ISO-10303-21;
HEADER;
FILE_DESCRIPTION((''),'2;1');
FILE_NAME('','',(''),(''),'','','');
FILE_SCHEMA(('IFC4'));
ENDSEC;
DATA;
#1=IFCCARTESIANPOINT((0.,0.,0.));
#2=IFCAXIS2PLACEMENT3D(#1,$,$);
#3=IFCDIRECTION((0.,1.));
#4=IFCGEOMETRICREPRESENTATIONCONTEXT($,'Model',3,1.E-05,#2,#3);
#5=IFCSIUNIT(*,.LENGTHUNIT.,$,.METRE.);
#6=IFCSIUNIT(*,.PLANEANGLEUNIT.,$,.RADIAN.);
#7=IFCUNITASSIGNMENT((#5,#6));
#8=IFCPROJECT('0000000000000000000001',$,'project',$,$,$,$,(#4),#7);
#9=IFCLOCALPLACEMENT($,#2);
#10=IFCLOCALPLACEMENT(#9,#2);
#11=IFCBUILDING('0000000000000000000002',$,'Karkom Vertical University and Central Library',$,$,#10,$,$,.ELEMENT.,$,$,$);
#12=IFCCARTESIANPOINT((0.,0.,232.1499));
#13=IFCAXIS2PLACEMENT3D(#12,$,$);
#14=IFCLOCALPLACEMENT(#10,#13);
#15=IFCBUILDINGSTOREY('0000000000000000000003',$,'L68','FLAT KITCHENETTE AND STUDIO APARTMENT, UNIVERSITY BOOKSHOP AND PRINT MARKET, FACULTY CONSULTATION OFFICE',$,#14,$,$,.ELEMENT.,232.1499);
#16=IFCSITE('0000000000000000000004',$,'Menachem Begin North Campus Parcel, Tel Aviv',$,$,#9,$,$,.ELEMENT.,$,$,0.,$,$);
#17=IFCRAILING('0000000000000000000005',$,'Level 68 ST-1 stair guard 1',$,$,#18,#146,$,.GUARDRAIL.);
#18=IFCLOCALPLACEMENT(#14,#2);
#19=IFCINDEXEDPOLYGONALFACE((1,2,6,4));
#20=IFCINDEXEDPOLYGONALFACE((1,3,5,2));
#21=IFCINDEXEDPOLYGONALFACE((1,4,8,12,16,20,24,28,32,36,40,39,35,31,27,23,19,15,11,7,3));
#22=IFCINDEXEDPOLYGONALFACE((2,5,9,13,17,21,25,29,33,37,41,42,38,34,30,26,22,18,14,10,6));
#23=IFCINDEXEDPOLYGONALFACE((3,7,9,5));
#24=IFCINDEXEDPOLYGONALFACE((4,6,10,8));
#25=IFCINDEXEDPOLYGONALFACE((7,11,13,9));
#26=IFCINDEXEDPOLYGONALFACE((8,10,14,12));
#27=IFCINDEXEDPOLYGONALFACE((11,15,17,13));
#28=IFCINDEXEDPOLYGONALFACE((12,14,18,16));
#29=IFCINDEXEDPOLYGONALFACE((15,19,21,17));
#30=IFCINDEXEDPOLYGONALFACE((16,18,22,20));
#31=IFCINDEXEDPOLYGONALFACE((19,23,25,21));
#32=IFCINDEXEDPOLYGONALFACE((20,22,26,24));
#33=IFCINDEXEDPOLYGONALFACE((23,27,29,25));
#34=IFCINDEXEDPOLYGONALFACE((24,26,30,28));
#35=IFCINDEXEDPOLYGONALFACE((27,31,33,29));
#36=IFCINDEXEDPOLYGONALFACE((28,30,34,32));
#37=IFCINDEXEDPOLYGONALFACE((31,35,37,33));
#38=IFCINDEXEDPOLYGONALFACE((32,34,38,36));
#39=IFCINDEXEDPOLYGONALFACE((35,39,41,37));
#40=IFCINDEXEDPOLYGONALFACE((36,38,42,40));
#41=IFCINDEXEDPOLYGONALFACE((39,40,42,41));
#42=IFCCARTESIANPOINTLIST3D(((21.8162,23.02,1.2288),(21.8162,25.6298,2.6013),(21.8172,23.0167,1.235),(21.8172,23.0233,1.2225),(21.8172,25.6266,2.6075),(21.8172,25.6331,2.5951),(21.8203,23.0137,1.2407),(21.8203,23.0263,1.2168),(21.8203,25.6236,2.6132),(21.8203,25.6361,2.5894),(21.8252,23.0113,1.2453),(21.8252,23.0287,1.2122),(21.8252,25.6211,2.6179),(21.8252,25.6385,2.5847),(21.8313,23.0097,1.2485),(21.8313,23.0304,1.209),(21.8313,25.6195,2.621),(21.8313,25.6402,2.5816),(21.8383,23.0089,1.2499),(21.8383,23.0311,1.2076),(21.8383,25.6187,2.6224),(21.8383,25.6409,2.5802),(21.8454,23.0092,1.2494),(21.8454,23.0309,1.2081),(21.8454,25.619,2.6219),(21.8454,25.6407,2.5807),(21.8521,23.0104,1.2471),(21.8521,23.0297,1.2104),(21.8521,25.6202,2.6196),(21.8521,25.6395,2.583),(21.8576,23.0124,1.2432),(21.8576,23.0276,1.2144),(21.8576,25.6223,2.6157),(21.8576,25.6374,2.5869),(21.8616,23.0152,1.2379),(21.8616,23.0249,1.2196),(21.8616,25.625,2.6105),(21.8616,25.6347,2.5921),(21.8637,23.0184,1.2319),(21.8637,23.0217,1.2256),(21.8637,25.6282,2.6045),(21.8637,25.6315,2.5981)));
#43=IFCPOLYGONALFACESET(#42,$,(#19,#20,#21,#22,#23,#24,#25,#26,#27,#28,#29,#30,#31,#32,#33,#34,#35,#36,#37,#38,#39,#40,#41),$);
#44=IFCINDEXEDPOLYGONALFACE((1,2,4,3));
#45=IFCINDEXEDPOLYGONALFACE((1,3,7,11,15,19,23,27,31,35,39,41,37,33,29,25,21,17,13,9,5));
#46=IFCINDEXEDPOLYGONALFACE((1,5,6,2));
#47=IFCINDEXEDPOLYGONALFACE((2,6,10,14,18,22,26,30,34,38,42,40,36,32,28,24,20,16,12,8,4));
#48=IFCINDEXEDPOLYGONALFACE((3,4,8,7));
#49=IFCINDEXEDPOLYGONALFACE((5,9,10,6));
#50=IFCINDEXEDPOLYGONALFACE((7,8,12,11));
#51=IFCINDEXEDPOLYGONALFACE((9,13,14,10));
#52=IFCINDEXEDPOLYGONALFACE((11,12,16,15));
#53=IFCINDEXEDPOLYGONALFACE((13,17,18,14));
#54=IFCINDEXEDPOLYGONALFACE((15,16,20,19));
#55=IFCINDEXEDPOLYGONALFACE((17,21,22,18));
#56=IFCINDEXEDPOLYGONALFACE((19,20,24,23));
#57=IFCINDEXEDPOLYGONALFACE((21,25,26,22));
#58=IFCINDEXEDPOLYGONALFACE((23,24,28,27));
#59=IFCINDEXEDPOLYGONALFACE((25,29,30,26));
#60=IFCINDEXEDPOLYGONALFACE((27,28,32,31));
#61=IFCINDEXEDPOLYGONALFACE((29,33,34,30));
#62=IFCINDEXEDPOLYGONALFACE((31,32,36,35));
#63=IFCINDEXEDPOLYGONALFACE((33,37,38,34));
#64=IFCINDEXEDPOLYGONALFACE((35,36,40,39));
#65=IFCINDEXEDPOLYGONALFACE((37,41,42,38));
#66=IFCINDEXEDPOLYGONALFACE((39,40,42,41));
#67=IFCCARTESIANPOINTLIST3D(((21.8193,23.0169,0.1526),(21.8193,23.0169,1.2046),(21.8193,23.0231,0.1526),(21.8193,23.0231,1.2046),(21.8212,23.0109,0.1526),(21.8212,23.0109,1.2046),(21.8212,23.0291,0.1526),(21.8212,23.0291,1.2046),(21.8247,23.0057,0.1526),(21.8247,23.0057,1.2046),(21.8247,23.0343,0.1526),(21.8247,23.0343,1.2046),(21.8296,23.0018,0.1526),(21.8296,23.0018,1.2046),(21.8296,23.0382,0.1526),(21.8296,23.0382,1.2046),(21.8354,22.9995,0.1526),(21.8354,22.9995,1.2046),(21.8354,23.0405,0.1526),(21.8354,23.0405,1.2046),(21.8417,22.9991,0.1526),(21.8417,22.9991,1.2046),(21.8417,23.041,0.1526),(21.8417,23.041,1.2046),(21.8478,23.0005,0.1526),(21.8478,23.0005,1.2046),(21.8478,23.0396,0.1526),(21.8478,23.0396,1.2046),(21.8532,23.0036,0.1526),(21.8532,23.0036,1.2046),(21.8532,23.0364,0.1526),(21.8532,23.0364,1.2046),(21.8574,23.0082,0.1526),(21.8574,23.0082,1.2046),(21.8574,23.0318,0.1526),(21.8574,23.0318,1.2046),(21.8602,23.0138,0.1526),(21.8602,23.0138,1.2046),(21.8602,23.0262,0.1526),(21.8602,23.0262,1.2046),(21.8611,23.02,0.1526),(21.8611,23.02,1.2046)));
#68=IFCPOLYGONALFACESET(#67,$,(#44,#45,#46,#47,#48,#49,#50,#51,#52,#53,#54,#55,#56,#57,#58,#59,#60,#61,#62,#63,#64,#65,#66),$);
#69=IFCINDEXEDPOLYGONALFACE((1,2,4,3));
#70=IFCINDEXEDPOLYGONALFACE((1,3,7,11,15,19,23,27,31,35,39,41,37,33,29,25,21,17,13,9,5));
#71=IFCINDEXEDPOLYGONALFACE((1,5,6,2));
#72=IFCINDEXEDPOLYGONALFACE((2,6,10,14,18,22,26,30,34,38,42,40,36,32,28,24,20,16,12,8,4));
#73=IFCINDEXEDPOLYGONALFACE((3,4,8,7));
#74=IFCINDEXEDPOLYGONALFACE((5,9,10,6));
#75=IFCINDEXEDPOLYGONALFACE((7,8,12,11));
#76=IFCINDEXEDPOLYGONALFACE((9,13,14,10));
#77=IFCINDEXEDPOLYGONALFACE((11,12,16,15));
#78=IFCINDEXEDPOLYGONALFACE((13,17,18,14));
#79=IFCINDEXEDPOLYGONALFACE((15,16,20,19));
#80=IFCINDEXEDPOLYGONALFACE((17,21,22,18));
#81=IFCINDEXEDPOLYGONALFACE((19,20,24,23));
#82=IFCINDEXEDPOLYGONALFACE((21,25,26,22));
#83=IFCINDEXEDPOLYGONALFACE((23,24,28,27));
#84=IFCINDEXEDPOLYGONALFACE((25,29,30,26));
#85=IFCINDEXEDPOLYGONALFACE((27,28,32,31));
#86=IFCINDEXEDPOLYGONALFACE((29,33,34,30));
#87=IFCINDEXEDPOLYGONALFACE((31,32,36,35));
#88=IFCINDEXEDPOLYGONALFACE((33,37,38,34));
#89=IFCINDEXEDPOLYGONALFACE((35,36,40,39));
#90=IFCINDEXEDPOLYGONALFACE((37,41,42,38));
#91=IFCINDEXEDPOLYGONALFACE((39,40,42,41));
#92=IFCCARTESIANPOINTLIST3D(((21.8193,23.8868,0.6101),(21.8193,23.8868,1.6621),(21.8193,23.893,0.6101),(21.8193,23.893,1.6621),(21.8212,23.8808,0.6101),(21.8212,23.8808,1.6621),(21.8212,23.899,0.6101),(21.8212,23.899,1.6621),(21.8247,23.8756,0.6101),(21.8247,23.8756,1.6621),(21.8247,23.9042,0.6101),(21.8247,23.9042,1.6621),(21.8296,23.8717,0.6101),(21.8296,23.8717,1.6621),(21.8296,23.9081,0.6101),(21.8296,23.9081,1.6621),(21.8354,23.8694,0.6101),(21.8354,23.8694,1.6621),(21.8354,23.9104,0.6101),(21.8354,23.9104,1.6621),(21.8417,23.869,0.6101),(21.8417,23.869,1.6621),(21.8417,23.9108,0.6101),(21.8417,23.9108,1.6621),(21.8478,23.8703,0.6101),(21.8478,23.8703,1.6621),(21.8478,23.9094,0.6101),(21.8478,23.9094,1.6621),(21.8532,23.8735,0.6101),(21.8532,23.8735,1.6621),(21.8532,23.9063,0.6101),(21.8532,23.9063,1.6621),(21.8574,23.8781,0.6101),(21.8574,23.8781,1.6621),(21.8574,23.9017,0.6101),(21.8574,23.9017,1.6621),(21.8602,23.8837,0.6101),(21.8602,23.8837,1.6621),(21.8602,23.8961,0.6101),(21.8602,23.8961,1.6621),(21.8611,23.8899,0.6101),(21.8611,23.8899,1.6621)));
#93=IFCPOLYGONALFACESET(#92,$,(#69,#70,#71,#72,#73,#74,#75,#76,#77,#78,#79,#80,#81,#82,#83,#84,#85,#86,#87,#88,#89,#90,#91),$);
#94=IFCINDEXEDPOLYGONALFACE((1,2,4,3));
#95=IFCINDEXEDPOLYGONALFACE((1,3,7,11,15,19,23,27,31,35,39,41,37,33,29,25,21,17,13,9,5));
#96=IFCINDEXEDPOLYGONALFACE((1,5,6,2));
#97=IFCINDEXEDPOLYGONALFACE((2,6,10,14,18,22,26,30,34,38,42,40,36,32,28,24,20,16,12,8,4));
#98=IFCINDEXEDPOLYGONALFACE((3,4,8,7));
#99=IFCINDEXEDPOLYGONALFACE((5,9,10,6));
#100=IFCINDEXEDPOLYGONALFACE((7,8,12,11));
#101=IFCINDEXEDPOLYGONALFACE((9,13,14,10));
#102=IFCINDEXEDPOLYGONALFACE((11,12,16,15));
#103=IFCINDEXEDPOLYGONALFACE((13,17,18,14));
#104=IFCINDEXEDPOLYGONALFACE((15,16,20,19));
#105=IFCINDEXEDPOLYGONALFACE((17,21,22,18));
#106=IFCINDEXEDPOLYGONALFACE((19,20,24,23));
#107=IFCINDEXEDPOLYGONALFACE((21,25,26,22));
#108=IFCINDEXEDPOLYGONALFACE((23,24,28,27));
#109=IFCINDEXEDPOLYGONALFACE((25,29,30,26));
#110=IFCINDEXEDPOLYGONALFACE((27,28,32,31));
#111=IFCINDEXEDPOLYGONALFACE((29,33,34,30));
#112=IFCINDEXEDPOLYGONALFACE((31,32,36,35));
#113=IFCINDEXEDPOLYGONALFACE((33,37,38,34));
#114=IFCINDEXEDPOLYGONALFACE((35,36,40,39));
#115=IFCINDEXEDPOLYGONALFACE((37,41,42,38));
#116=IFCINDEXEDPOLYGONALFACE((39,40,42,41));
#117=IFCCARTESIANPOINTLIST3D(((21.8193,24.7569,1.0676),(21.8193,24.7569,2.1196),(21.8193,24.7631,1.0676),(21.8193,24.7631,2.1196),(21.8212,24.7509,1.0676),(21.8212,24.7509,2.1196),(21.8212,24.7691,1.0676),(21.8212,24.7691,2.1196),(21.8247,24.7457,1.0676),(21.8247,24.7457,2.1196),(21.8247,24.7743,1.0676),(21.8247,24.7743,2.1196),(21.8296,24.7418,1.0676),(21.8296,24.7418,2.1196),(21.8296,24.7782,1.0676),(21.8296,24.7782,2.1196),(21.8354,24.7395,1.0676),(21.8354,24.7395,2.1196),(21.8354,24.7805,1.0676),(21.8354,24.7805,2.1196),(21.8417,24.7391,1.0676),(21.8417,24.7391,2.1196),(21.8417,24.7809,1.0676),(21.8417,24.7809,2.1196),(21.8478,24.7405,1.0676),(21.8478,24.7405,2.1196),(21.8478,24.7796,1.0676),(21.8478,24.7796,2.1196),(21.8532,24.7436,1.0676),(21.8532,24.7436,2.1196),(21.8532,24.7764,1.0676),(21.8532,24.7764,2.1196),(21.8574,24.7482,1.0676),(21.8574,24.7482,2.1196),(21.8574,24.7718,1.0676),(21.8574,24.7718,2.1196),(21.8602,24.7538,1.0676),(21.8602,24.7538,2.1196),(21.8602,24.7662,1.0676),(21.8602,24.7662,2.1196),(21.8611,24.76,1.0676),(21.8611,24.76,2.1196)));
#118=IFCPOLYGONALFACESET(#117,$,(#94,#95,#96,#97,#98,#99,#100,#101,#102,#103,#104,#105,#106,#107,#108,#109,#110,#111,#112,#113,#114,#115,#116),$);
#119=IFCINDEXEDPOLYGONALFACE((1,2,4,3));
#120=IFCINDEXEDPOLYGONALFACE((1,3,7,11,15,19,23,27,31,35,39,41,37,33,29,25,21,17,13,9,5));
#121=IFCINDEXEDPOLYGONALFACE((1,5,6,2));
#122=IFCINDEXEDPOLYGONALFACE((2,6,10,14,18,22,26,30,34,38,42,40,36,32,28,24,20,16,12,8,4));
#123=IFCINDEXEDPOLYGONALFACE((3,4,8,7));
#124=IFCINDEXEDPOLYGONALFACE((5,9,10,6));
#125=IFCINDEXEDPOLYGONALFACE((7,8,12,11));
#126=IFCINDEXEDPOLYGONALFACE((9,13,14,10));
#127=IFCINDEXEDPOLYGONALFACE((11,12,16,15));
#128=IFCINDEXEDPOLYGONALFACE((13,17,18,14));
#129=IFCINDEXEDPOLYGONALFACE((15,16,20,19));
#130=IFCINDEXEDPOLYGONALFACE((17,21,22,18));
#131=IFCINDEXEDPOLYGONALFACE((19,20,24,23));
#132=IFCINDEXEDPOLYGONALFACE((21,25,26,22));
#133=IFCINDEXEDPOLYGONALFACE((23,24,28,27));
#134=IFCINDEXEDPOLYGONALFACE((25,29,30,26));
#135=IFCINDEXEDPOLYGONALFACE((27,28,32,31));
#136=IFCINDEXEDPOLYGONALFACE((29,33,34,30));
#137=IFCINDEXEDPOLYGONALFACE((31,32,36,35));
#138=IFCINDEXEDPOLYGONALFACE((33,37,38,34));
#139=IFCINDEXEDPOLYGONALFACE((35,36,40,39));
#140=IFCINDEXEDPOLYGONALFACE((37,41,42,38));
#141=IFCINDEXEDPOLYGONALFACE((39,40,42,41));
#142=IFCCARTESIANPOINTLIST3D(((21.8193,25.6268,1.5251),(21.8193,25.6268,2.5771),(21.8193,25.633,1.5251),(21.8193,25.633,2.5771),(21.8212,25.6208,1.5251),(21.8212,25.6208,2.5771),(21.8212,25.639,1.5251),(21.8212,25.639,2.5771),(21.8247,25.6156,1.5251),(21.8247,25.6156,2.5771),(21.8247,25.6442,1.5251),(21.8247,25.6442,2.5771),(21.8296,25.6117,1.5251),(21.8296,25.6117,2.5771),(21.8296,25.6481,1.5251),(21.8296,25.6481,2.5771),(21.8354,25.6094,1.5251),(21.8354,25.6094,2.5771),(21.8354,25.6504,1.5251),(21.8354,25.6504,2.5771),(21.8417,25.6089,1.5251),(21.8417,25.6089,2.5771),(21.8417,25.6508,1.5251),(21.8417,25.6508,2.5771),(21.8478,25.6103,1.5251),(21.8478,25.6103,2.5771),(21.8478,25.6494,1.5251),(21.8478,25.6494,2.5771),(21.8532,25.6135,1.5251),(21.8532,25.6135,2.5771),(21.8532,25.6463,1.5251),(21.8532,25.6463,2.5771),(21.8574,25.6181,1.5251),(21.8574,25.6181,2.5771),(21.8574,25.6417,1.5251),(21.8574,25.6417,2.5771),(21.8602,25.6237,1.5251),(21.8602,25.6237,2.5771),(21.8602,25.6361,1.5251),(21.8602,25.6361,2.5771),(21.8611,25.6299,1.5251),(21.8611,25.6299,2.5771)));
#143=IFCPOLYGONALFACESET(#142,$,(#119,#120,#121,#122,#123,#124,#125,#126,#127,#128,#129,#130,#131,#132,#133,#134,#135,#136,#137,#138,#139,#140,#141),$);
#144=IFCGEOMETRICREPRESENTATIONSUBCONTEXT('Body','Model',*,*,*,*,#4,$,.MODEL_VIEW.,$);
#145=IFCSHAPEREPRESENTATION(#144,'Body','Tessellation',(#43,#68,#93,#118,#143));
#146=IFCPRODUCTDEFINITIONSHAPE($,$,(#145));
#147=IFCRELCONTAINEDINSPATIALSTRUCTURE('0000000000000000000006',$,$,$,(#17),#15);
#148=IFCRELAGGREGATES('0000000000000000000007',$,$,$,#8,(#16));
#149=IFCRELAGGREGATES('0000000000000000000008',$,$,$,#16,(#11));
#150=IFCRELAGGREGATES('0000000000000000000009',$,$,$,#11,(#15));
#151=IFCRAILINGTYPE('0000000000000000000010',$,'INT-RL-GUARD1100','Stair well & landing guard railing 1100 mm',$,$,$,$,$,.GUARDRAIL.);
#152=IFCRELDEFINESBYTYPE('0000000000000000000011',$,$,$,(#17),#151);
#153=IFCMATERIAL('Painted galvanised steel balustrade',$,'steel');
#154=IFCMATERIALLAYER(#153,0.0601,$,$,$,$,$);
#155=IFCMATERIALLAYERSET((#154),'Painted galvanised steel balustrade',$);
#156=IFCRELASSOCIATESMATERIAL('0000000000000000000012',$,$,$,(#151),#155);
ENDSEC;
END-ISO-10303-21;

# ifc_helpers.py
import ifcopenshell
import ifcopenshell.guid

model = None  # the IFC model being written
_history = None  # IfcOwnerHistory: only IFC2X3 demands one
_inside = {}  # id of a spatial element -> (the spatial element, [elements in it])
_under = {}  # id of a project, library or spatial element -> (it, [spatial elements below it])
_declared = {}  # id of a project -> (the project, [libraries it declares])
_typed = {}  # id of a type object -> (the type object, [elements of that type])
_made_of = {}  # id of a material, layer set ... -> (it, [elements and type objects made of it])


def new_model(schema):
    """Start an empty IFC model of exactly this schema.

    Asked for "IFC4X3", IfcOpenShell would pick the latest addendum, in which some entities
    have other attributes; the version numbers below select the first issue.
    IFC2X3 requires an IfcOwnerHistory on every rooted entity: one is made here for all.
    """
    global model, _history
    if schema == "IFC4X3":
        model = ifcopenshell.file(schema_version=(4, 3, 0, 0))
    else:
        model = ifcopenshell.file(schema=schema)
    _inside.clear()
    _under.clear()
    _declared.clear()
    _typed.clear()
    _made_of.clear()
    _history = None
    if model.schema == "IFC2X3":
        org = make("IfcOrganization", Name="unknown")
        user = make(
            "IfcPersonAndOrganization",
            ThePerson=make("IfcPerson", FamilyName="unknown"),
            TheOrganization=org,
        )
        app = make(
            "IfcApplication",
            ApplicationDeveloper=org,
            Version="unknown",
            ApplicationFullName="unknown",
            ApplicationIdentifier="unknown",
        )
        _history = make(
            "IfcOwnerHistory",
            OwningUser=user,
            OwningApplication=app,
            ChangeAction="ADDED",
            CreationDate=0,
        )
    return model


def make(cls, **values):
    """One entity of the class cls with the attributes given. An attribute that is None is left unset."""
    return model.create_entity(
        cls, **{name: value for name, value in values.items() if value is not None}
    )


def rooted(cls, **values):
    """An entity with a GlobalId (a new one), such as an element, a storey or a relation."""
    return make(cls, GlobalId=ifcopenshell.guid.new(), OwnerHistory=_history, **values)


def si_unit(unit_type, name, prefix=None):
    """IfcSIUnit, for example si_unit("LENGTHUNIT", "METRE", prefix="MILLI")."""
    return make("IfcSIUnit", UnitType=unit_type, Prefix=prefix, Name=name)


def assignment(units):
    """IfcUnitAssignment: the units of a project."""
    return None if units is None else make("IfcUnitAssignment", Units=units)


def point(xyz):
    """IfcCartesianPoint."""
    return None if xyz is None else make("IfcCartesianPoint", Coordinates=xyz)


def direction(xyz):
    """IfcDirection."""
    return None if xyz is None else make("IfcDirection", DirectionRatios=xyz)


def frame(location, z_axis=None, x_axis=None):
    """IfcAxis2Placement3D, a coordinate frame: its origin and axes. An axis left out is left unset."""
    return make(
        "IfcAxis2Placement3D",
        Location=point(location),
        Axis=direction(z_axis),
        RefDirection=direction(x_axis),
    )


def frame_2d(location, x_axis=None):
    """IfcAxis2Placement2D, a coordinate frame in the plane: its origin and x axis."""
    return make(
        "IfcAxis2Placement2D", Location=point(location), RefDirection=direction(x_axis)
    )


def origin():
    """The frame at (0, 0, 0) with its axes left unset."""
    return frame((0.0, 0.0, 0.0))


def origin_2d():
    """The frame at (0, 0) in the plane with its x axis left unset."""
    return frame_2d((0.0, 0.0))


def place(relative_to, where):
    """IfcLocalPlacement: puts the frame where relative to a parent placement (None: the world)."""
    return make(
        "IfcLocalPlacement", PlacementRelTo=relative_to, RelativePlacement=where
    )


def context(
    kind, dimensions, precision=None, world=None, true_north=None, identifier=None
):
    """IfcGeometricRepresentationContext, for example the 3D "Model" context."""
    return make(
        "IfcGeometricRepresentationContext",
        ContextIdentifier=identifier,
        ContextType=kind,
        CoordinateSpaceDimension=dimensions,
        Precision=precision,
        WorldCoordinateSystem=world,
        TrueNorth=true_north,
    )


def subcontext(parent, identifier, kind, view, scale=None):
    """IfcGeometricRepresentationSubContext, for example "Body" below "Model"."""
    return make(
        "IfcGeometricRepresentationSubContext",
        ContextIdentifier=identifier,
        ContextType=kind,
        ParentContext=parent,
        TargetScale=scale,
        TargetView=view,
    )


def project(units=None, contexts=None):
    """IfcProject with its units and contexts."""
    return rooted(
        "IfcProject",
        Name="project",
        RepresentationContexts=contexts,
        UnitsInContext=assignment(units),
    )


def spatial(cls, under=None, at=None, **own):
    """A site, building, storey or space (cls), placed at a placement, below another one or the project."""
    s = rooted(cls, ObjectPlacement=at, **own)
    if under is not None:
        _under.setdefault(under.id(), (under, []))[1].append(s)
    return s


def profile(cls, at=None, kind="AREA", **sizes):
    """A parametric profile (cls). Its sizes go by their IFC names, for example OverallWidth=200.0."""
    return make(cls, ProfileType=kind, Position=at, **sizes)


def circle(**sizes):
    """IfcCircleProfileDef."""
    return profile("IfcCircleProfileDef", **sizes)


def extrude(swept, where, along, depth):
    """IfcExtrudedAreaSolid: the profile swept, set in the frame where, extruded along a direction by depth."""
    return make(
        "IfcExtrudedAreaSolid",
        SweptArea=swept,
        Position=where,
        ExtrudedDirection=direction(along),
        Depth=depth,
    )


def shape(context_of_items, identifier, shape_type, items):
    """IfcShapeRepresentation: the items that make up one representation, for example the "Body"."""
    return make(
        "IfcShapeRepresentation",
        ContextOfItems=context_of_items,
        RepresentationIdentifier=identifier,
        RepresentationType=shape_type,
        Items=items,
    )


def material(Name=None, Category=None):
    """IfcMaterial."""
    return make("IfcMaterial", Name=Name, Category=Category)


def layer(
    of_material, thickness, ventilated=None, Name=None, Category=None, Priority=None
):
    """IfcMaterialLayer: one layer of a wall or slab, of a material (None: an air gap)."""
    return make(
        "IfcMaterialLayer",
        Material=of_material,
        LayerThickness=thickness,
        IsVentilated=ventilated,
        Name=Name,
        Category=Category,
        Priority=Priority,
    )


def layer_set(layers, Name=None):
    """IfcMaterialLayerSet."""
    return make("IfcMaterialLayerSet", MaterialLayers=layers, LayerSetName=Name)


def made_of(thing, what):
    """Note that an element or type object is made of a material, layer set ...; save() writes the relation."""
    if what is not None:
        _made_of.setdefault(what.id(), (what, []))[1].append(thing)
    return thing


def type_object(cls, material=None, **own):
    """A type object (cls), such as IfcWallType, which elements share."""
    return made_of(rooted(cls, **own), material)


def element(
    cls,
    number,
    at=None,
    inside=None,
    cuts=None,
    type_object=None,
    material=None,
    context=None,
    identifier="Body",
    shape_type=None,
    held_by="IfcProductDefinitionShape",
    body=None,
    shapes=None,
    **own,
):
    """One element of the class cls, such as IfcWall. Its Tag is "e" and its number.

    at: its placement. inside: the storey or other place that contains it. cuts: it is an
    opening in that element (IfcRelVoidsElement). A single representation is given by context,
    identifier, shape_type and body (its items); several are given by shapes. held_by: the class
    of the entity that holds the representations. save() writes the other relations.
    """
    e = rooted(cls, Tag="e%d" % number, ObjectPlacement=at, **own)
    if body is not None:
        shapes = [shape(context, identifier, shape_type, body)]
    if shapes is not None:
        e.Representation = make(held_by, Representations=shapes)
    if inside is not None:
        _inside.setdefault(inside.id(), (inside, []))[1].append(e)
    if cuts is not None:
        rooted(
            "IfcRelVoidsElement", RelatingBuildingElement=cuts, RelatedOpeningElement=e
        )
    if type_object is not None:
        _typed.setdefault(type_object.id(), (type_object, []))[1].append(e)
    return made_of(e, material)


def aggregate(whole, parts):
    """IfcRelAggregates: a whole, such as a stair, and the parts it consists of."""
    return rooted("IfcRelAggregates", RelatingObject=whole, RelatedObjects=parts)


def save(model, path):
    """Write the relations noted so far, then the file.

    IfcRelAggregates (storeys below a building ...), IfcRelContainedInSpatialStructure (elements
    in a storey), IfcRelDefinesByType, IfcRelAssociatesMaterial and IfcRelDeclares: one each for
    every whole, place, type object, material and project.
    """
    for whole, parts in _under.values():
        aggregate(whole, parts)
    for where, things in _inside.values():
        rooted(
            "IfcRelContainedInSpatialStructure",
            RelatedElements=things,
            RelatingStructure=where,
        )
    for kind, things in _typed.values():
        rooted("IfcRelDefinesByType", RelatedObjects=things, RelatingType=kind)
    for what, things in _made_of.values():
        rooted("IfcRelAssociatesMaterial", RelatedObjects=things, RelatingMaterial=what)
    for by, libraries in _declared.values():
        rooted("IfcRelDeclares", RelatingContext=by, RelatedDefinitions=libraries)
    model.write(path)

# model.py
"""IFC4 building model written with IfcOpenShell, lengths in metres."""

from ifc_helpers import new_model, si_unit, direction, frame, origin, origin_2d, place, context, subcontext, project, spatial, circle, extrude, material, layer, layer_set, type_object, element, save


model = new_model("IFC4")

# Units and contexts
model_context = context("Model", 3, precision=1e-05, world=origin(), true_north=direction((0.0, 1.0)))
body_context = subcontext(model_context, "Body", "Model", "MODEL_VIEW")
ifc_project = project(units=[si_unit("LENGTHUNIT", "METRE"), si_unit("PLANEANGLEUNIT", "RADIAN")], contexts=[model_context])

# Site, building, storey
site_placement = place(None, origin())
site = spatial("IfcSite", under=ifc_project, at=site_placement, Name="Menachem Begin North Campus Parcel, Tel Aviv", CompositionType="ELEMENT", RefElevation=0.0)
building_placement = place(site_placement, origin())
building = spatial("IfcBuilding", under=site, at=building_placement, Name="Karkom Vertical University and Central Library", CompositionType="ELEMENT")
storey_placement = place(building_placement, frame((0.0, 0.0, 232.1499)))
storey = spatial("IfcBuildingStorey", under=building, at=storey_placement, Name="L68", Description="FLAT KITCHENETTE AND STUDIO APARTMENT, UNIVERSITY BOOKSHOP AND PRINT MARKET, FACULTY CONSULTATION OFFICE", CompositionType="ELEMENT", Elevation=232.1499)

# Railing
ifc_material_1 = material(Name="Painted galvanised steel balustrade", Category="steel")
ifc_layer_1 = layer(ifc_material_1, 0.0601)
ifc_layer_set_1 = layer_set([ifc_layer_1], Name="Painted galvanised steel balustrade")
railing_type_1 = type_object("IfcRailingType", Name="INT-RL-GUARD1100", Description="Stair well & landing guard railing 1100 mm", PredefinedType="GUARDRAIL", material=ifc_layer_set_1)
railing_1_placement = place(storey_placement, frame((21.8401, 23.02, 0.1526)))
element("IfcRailing", 1, at=railing_1_placement, inside=storey, type_object=railing_type_1, Name="Level 68 ST-1 stair guard 1", PredefinedType="GUARDRAIL", context=body_context, shape_type="SweptSolid", body=[
    extrude(circle(Radius=0.0239, at=origin_2d()), frame((0.0, 0.0, 1.0762), z_axis=(0.0, 0.885065, 0.465467), x_axis=(-1.0, 0.0, 0.0)), (0.0, 0.0, 1.0), 2.9487),
    extrude(circle(Radius=0.021, at=origin_2d()), origin(), (0.0, 0.0, 1.0), 1.052),
    extrude(circle(Radius=0.021, at=origin_2d()), frame((0.0, 0.8699, 0.4575)), (0.0, 0.0, 1.0), 1.052),
    extrude(circle(Radius=0.021, at=origin_2d()), frame((0.0, 1.74, 0.915)), (0.0, 0.0, 1.0), 1.052),
    extrude(circle(Radius=0.021, at=origin_2d()), frame((0.0, 2.6099, 1.3726)), (0.0, 0.0, 1.0), 1.052),
])

save(model, "model.ifc")
